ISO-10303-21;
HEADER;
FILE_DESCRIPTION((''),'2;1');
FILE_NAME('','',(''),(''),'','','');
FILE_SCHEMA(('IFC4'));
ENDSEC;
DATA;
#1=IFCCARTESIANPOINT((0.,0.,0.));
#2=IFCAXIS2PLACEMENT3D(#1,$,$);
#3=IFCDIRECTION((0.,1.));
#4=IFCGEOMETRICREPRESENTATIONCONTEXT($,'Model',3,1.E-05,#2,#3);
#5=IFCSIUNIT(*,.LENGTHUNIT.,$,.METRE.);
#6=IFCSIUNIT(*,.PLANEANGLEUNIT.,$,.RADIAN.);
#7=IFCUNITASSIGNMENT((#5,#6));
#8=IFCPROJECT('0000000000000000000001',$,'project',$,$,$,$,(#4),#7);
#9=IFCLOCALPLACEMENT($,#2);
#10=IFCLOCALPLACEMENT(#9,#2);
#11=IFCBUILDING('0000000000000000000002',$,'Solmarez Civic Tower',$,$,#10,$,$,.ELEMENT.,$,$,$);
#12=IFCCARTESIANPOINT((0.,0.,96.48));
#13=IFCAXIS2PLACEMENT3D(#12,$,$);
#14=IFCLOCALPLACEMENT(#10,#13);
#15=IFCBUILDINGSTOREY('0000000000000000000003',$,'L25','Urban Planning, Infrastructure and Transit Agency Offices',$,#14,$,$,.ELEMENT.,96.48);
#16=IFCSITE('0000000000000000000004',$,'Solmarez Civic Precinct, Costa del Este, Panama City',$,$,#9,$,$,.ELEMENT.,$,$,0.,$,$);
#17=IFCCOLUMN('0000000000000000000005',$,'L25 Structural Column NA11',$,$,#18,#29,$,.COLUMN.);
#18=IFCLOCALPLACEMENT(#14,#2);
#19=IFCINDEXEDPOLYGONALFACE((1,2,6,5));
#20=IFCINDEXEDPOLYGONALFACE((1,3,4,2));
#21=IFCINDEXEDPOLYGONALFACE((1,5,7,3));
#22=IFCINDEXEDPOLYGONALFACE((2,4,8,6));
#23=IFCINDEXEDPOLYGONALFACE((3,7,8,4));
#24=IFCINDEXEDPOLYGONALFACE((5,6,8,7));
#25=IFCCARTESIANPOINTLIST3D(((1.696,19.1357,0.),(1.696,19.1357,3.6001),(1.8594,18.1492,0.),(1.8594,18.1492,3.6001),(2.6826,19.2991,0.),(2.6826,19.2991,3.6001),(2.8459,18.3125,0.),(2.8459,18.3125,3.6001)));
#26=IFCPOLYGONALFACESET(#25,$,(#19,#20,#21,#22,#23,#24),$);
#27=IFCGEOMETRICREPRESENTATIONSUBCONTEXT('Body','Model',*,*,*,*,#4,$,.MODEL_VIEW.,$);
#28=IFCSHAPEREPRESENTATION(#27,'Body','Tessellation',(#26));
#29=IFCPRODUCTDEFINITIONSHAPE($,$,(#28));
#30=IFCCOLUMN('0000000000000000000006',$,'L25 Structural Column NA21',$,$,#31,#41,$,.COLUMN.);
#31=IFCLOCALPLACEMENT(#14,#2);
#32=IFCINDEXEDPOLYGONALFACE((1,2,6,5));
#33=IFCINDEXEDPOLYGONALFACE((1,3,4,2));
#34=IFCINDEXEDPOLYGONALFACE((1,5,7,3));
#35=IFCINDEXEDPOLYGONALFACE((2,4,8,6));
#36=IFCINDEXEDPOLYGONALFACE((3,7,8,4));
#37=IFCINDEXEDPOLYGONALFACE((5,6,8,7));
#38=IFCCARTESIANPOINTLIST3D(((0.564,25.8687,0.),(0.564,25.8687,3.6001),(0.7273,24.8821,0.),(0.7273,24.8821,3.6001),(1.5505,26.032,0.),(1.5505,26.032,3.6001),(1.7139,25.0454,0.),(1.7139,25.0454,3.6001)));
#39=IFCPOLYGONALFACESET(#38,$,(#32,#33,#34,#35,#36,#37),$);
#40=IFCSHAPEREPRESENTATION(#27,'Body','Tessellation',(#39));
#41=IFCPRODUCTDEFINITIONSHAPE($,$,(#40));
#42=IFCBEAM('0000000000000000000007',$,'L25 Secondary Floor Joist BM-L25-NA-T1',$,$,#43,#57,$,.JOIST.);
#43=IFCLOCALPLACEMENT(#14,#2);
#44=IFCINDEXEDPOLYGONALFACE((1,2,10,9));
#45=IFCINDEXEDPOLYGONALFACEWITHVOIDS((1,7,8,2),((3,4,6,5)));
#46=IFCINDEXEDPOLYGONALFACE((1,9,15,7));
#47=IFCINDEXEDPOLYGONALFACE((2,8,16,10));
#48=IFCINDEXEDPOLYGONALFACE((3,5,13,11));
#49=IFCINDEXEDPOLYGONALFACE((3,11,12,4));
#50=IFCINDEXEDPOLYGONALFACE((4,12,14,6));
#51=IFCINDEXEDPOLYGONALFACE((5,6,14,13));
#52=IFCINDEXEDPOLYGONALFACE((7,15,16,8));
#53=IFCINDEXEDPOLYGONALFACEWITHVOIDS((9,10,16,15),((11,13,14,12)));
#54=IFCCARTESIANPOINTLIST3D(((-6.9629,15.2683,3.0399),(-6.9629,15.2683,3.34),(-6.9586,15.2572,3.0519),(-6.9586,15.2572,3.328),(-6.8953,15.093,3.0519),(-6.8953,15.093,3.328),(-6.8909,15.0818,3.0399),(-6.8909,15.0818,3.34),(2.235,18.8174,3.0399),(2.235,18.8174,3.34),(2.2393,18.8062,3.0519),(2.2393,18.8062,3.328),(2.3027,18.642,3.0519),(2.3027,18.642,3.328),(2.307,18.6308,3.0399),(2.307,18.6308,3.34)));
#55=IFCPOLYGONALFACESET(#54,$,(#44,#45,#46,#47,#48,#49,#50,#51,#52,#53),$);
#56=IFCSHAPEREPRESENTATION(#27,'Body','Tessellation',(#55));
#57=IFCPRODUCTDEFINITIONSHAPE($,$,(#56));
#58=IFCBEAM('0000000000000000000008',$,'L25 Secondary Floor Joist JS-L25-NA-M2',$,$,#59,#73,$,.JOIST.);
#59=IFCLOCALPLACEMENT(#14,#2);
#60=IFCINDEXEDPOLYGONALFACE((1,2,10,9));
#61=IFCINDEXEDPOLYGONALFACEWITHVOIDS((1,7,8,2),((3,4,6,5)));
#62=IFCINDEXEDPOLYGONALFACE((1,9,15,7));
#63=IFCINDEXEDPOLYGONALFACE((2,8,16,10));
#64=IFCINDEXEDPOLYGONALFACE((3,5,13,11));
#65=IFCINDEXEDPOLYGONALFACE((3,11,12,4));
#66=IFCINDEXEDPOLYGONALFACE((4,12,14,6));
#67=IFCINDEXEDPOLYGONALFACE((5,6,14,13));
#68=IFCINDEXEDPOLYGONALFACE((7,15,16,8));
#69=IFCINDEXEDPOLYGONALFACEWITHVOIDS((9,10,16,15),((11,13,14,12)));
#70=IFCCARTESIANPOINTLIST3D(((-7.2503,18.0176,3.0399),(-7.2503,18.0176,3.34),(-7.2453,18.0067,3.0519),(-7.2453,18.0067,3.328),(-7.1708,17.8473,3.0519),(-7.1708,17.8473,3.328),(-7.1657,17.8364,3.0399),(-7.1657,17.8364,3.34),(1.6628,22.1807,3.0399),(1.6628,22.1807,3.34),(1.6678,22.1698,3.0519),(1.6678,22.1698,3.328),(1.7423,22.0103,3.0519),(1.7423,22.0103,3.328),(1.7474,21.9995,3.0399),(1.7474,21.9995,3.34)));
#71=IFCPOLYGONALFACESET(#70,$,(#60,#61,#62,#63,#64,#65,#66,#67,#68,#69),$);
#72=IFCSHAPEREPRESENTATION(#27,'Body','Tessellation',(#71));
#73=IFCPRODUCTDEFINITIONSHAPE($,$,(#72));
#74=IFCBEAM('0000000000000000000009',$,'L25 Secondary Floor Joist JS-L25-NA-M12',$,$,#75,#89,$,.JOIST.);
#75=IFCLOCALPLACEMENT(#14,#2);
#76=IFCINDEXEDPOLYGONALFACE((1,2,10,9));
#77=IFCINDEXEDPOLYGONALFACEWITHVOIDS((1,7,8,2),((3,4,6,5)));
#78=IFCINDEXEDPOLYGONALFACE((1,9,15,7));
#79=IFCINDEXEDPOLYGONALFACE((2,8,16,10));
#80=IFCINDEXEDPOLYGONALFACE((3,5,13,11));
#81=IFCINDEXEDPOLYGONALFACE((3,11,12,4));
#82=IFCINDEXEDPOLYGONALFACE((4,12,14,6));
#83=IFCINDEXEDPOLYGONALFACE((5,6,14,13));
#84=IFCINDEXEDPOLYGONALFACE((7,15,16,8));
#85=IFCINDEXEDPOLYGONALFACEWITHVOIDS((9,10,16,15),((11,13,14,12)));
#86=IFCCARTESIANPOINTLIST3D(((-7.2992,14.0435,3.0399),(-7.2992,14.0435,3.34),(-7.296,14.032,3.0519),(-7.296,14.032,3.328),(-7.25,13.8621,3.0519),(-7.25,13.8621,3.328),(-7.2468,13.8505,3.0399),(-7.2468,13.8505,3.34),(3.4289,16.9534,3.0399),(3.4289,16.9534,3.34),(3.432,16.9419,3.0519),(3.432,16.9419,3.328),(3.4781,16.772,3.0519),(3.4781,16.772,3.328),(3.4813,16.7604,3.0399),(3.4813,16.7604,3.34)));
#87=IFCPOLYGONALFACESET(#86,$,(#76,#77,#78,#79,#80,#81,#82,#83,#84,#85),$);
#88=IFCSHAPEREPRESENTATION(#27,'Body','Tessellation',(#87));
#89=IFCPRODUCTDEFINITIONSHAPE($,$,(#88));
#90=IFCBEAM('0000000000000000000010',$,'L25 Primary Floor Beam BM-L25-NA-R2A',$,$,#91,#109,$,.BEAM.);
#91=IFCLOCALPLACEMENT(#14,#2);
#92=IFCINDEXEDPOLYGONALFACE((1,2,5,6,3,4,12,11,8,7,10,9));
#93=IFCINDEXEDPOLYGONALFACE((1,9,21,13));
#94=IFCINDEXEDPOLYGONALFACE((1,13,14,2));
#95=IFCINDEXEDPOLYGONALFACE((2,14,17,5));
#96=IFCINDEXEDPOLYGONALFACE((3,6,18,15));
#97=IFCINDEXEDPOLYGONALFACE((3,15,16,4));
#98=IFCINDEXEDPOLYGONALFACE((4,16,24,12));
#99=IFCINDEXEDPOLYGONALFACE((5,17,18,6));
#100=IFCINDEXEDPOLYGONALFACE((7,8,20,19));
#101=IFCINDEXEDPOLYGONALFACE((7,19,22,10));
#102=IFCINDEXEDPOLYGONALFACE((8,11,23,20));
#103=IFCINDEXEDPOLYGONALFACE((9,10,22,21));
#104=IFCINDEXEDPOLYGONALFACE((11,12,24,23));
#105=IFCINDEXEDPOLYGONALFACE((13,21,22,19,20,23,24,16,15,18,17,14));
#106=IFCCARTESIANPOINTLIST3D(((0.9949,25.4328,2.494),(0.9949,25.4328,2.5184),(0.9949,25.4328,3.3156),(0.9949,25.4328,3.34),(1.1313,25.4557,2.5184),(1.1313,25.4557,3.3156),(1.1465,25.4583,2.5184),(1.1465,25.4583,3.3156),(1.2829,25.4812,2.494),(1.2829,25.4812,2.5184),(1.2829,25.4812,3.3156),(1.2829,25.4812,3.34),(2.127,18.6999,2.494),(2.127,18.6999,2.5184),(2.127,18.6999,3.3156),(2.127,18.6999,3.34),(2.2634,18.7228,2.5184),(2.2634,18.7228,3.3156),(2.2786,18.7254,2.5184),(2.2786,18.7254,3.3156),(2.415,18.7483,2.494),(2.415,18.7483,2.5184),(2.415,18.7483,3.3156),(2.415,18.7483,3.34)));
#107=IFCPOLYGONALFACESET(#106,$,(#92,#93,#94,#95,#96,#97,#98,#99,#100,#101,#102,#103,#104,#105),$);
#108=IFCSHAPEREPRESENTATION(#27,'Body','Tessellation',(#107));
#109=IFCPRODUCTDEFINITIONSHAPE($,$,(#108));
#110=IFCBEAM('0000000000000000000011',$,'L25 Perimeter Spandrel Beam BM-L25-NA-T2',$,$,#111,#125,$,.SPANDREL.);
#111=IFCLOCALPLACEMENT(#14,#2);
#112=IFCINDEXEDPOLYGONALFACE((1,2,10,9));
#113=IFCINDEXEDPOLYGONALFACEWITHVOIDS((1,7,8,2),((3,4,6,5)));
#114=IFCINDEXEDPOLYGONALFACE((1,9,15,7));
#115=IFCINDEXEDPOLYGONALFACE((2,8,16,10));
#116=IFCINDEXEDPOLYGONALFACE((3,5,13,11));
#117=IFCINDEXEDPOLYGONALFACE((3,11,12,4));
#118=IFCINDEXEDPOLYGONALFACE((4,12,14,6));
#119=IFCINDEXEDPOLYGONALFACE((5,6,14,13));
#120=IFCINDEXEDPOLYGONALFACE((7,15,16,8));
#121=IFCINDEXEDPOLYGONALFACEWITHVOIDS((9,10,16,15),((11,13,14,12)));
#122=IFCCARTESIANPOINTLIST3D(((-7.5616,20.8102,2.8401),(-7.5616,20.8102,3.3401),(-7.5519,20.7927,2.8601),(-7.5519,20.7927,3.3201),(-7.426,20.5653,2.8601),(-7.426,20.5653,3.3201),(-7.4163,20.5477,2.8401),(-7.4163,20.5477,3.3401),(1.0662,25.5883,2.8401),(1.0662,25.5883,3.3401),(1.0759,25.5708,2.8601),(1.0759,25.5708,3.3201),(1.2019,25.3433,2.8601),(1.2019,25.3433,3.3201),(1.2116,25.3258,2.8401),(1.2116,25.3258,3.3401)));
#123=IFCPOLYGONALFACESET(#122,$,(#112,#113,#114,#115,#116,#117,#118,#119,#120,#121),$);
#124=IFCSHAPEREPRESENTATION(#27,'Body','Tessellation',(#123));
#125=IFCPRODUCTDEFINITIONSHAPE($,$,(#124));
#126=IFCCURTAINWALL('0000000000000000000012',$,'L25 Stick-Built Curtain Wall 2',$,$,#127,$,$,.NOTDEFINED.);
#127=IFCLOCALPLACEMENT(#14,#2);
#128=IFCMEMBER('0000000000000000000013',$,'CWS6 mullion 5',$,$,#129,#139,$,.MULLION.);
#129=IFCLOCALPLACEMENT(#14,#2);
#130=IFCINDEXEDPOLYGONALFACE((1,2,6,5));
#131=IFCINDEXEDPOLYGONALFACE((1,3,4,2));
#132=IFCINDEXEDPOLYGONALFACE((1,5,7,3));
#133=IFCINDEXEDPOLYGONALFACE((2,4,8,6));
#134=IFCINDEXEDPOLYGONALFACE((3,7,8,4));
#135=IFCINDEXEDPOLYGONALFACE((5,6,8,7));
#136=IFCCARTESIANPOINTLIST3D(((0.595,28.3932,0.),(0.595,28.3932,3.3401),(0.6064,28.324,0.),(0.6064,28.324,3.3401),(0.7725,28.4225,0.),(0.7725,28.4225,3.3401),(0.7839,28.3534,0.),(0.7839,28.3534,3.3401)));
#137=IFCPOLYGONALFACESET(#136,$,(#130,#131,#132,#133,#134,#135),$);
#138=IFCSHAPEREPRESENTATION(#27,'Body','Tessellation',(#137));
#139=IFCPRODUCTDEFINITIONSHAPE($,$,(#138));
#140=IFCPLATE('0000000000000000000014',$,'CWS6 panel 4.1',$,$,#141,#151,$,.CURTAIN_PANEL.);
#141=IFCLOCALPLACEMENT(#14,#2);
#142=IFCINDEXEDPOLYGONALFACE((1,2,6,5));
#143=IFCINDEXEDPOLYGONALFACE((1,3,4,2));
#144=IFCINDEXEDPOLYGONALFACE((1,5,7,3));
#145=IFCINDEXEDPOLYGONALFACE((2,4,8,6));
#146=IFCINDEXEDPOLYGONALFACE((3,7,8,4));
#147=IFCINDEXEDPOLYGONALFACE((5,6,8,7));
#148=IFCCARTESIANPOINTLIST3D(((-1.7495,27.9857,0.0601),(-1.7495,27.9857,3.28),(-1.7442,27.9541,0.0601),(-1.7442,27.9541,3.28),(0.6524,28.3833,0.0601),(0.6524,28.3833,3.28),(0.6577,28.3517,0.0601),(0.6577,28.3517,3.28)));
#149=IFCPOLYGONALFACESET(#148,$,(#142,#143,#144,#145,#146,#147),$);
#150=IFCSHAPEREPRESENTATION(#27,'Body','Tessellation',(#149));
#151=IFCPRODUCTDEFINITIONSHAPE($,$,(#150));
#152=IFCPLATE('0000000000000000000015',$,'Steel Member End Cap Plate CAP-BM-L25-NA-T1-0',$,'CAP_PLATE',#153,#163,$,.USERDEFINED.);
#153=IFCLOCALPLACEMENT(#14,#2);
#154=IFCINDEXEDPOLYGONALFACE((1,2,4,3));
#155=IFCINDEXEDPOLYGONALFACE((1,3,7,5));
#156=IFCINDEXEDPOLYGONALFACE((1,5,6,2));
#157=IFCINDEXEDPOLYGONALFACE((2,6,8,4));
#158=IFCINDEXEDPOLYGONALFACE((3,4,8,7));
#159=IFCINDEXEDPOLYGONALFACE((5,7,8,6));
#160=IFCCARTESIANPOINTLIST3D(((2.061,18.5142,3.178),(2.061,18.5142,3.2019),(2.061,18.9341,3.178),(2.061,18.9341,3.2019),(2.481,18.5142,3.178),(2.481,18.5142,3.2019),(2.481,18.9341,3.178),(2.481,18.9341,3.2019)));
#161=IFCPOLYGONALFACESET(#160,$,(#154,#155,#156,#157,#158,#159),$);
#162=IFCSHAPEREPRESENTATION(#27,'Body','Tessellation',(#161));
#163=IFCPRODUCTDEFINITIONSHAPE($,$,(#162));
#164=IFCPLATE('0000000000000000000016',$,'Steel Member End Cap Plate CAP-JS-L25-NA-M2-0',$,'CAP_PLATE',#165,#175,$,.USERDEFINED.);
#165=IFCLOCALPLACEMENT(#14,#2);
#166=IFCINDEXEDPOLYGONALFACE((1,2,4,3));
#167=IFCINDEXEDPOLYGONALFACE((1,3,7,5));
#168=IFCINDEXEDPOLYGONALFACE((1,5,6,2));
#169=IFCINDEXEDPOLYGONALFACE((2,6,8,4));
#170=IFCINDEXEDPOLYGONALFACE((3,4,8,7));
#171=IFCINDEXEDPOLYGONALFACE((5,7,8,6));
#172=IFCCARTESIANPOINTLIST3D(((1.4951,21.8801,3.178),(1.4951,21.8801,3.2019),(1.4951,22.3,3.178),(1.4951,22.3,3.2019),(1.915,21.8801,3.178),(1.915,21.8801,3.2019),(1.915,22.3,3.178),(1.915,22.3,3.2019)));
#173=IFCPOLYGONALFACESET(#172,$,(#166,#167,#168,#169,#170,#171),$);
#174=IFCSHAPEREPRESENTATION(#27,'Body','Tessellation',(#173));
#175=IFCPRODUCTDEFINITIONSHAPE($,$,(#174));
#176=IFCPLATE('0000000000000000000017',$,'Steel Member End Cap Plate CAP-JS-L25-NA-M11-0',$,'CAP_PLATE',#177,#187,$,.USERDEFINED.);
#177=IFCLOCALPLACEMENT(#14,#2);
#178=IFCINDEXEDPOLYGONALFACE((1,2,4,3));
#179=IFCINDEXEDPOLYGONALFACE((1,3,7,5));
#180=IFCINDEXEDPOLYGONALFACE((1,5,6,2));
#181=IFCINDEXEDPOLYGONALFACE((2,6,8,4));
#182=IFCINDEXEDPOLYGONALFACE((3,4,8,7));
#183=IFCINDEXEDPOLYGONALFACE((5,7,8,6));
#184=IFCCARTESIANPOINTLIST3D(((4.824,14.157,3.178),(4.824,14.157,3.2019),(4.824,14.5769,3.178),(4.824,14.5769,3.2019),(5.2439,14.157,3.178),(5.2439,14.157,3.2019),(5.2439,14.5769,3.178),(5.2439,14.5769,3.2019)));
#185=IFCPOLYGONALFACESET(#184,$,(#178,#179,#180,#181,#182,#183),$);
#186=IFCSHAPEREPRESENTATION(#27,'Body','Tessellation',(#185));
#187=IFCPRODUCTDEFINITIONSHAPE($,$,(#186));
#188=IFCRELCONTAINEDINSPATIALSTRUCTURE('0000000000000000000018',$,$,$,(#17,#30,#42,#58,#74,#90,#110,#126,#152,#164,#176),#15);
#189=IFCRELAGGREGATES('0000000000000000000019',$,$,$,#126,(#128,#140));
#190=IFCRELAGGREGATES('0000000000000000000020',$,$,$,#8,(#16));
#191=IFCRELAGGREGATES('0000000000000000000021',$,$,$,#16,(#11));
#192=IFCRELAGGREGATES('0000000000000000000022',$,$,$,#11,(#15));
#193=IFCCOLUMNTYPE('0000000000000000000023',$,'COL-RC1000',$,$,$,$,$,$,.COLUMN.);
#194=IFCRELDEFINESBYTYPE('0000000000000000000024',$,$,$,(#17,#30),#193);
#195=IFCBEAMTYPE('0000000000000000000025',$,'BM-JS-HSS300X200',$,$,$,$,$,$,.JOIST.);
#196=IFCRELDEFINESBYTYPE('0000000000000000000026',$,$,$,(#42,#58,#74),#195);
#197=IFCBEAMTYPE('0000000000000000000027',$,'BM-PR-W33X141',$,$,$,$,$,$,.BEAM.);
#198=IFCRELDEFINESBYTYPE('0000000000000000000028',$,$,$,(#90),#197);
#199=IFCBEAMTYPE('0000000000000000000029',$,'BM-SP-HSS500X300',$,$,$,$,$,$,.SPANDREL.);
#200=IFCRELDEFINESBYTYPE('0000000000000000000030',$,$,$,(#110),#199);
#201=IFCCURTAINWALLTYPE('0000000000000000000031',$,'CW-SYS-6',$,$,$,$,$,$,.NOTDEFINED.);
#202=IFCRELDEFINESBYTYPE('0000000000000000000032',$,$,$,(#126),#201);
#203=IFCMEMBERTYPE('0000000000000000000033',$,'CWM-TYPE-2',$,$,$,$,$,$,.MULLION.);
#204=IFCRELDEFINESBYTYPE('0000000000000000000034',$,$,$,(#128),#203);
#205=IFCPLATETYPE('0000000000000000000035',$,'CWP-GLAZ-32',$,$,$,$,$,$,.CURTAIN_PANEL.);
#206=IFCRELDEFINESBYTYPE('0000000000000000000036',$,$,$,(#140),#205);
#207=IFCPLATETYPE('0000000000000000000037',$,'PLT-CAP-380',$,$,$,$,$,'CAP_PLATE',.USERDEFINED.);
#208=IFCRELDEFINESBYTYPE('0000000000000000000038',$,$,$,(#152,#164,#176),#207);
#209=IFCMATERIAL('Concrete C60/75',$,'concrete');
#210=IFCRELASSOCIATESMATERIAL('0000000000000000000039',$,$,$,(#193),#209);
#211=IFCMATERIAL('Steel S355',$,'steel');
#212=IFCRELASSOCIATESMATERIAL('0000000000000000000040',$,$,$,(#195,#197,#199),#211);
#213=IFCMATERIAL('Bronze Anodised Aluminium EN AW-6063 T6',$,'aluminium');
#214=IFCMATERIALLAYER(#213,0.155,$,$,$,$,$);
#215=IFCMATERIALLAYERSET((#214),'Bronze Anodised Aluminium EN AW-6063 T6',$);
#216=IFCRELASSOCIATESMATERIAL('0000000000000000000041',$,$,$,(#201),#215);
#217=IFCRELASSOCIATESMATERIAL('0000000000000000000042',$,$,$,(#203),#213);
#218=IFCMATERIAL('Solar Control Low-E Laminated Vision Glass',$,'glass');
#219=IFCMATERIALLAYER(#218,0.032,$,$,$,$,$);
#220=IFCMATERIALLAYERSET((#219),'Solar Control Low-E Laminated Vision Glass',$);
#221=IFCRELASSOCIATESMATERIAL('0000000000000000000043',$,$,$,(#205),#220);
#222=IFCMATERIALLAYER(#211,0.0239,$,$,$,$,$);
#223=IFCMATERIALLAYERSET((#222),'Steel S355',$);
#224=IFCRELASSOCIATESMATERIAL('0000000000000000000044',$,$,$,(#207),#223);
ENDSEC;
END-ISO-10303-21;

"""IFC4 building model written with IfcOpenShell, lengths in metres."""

from ifc_helpers import new_model, si_unit, direction, frame, origin, origin_2d, place, context, subcontext, project, spatial, rectangle, hollow_rectangle, i_section, extrude, material, layer, layer_set, material_profile, profile_set, type_object, element, aggregate, save


model = new_model("IFC4")

# Units and contexts
model_context = context("Model", 3, precision=1e-05, world=origin(), true_north=direction((0.0, 1.0)))
body_context = subcontext(model_context, "Body", "Model", "MODEL_VIEW")
ifc_project = project(units=[si_unit("LENGTHUNIT", "METRE"), si_unit("PLANEANGLEUNIT", "RADIAN")], contexts=[model_context])

# Site, building, storey
site_placement = place(None, origin())
site = spatial("IfcSite", under=ifc_project, at=site_placement, Name="Solmarez Civic Precinct, Costa del Este, Panama City", CompositionType="ELEMENT", RefElevation=0.0)
building_placement = place(site_placement, origin())
building = spatial("IfcBuilding", under=site, at=building_placement, Name="Solmarez Civic Tower", CompositionType="ELEMENT")
storey_placement = place(building_placement, frame((0.0, 0.0, 96.48)))
storey = spatial("IfcBuildingStorey", under=building, at=storey_placement, Name="L25", Description="Urban Planning, Infrastructure and Transit Agency Offices", CompositionType="ELEMENT", Elevation=96.48)

# Columns
ifc_material_1 = material(Name="Concrete C60/75", Category="concrete")
ifc_material_profile_1 = material_profile(ifc_material_1, rectangle(XDim=1.0, YDim=1.0, at=origin_2d()), Name="RC1000X1000")
ifc_profile_set_1 = profile_set([ifc_material_profile_1], Name="Concrete C60/75")
column_type = type_object("IfcColumnType", Name="COL-RC1000", PredefinedType="COLUMN", material=ifc_profile_set_1)
for number, where, z_axis, x_axis, name in (
    (1, (2.271, 18.7241, 0.0), (0.0, 0.0, 1.0), (0.986572, 0.163326, 0.0), "L25 Structural Column NA11"),
    (2, (1.1389, 25.457, 0.0), (0.0, 0.0, 1.0), (0.986572, 0.163326, 0.0), "L25 Structural Column NA21"),
):
    element("IfcColumn", number, at=place(storey_placement, frame(where, z_axis=z_axis, x_axis=x_axis)), inside=storey, type_object=column_type, Name=name, PredefinedType="COLUMN", context=body_context, shape_type="SweptSolid", body=[
        extrude(rectangle(XDim=1.0, YDim=1.0, at=origin_2d()), origin(), (0.0, 0.0, 1.0), 3.6001),
    ])

# Beams
ifc_material_2 = material(Name="Steel S355", Category="steel")
ifc_material_profile_2 = material_profile(ifc_material_2, hollow_rectangle(XDim=0.2, YDim=0.3, WallThickness=0.012, at=origin_2d()), Name="HSS300X200X12")
ifc_profile_set_2 = profile_set([ifc_material_profile_2], Name="Steel S355")
beam_type_1 = type_object("IfcBeamType", Name="BM-JS-HSS300X200", PredefinedType="JOIST", material=ifc_profile_set_2)
beam_1_placement = place(storey_placement, frame((2.271, 18.7241, 3.1899), z_axis=(-0.932958, -0.359984, 0.0), x_axis=(0.359984, -0.932958, 0.0)))
element("IfcBeam", 3, at=beam_1_placement, inside=storey, type_object=beam_type_1, Name="L25 Secondary Floor Joist BM-L25-NA-T1", PredefinedType="JOIST", context=body_context, shape_type="SweptSolid", body=[
    extrude(hollow_rectangle(XDim=0.2, YDim=0.3, WallThickness=0.012, at=origin_2d()), origin(), (0.0, 0.0, 1.0), 9.8589),
])
beam_2_placement = place(storey_placement, frame((1.7051, 22.0901, 3.1899), z_axis=(-0.906041, -0.42319, 0.0), x_axis=(0.42319, -0.906041, 0.0)))
element("IfcBeam", 4, at=beam_2_placement, inside=storey, type_object=beam_type_1, Name="L25 Secondary Floor Joist JS-L25-NA-M2", PredefinedType="JOIST", context=body_context, shape_type="SweptSolid", body=[
    extrude(hollow_rectangle(XDim=0.2, YDim=0.3, WallThickness=0.012, at=origin_2d()), origin(), (0.0, 0.0, 1.0), 9.8374),
])
beam_3_placement = place(storey_placement, frame((3.4551, 16.8569, 3.1899), z_axis=(-0.965126, -0.261785, 0.0), x_axis=(0.261785, -0.965126, 0.0)))
element("IfcBeam", 5, at=beam_3_placement, inside=storey, type_object=beam_type_1, Name="L25 Secondary Floor Joist JS-L25-NA-M12", PredefinedType="JOIST", context=body_context, shape_type="SweptSolid", body=[
    extrude(hollow_rectangle(XDim=0.2, YDim=0.3, WallThickness=0.012, at=origin_2d()), origin(), (0.0, 0.0, 1.0), 11.1157),
])
ifc_material_profile_3 = material_profile(ifc_material_2, i_section(OverallWidth=0.292, OverallDepth=0.8459, WebThickness=0.0154, FlangeThickness=0.0244, at=origin_2d()), Name="W33X141")
ifc_profile_set_3 = profile_set([ifc_material_profile_3], Name="Steel S355")
beam_type_2 = type_object("IfcBeamType", Name="BM-PR-W33X141", PredefinedType="BEAM", material=ifc_profile_set_3)
beam_4_placement = place(storey_placement, frame((2.271, 18.7241, 2.917), z_axis=(-0.165814, 0.986157, 0.0), x_axis=(-0.986157, -0.165814, 0.0)))
element("IfcBeam", 6, at=beam_4_placement, inside=storey, type_object=beam_type_2, Name="L25 Primary Floor Beam BM-L25-NA-R2A", PredefinedType="BEAM", context=body_context, shape_type="SweptSolid", body=[
    extrude(i_section(OverallWidth=0.292, OverallDepth=0.8459, WebThickness=0.0154, FlangeThickness=0.0244, at=origin_2d()), origin(), (0.0, 0.0, 1.0), 6.8274),
])
ifc_material_profile_4 = material_profile(ifc_material_2, hollow_rectangle(XDim=0.3, YDim=0.5, WallThickness=0.02, at=origin_2d()), Name="HSS500X300X20")
ifc_profile_set_4 = profile_set([ifc_material_profile_4], Name="Steel S355")
beam_type_3 = type_object("IfcBeamType", Name="BM-SP-HSS500X300", PredefinedType="SPANDREL", material=ifc_profile_set_4)
beam_5_placement = place(storey_placement, frame((1.1389, 25.457, 3.0901), z_axis=(-0.874812, -0.484463, 0.0), x_axis=(0.484463, -0.874812, 0.0)))
element("IfcBeam", 7, at=beam_5_placement, inside=storey, type_object=beam_type_3, Name="L25 Perimeter Spandrel Beam BM-L25-NA-T2", PredefinedType="SPANDREL", context=body_context, shape_type="SweptSolid", body=[
    extrude(hollow_rectangle(XDim=0.3, YDim=0.5, WallThickness=0.02, at=origin_2d()), origin(), (0.0, 0.0, 1.0), 9.8625),
])

# Curtain wall, member, plate
ifc_material_3 = material(Name="Bronze Anodised Aluminium EN AW-6063 T6", Category="aluminium")
ifc_layer_1 = layer(ifc_material_3, 0.155)
ifc_layer_set_1 = layer_set([ifc_layer_1], Name="Bronze Anodised Aluminium EN AW-6063 T6")
curtain_wall_type = type_object("IfcCurtainWallType", Name="CW-SYS-6", PredefinedType="NOTDEFINED", material=ifc_layer_set_1)
curtain_wall_placement = place(storey_placement, origin())
curtain_wall = element("IfcCurtainWall", 8, at=curtain_wall_placement, inside=storey, type_object=curtain_wall_type, Name="L25 Stick-Built Curtain Wall 2", PredefinedType="NOTDEFINED")
ifc_material_profile_5 = material_profile(ifc_material_3, rectangle(XDim=0.0701, YDim=0.1799, at=origin_2d()), Name="CWM-70X180")
ifc_profile_set_5 = profile_set([ifc_material_profile_5], Name="Bronze Anodised Aluminium EN AW-6063 T6")
member_type = type_object("IfcMemberType", Name="CWM-TYPE-2", PredefinedType="MULLION", material=ifc_profile_set_5)
member_placement = place(storey_placement, frame((0.6895, 28.3733, 0.0), z_axis=(0.0, 0.0, 1.0), x_axis=(-0.163313, 0.986574, 0.0)))
member = element("IfcMember", 9, at=member_placement, type_object=member_type, Name="CWS6 mullion 5", PredefinedType="MULLION", context=body_context, shape_type="SweptSolid", body=[
    extrude(rectangle(XDim=0.0701, YDim=0.1799, at=origin_2d()), origin(), (0.0, 0.0, 1.0), 3.3401),
])
ifc_material_4 = material(Name="Solar Control Low-E Laminated Vision Glass", Category="glass")
ifc_layer_2 = layer(ifc_material_4, 0.032)
ifc_layer_set_2 = layer_set([ifc_layer_2], Name="Solar Control Low-E Laminated Vision Glass")
plate_type_1 = type_object("IfcPlateType", Name="CWP-GLAZ-32", PredefinedType="CURTAIN_PANEL", material=ifc_layer_set_2)
plate_1_placement = place(storey_placement, frame((-0.5459, 28.1687, 0.0601), z_axis=(0.0, 0.0, 1.0), x_axis=(0.986574, 0.163313, 0.0)))
plate_1 = element("IfcPlate", 10, at=plate_1_placement, type_object=plate_type_1, Name="CWS6 panel 4.1", PredefinedType="CURTAIN_PANEL", context=body_context, shape_type="SweptSolid", body=[
    extrude(rectangle(XDim=2.4346, YDim=0.032, at=origin_2d()), origin(), (0.0, 0.0, 1.0), 3.22),
])
aggregate(curtain_wall, [member, plate_1])

# Plates
ifc_layer_3 = layer(ifc_material_2, 0.0239)
ifc_layer_set_3 = layer_set([ifc_layer_3], Name="Steel S355")
plate_type_2 = type_object("IfcPlateType", Name="PLT-CAP-380", ElementType="CAP_PLATE", PredefinedType="USERDEFINED", material=ifc_layer_set_3)
for number, where, z_axis, x_axis, name in (
    (11, (2.271, 18.7241, 3.178), (0.0, 0.0, 1.0), (1.0, 0.0, 0.0), "Steel Member End Cap Plate CAP-BM-L25-NA-T1-0"),
    (12, (1.7051, 22.0901, 3.178), (0.0, 0.0, 1.0), (1.0, 0.0, 0.0), "Steel Member End Cap Plate CAP-JS-L25-NA-M2-0"),
    (13, (5.0339, 14.3669, 3.178), (0.0, 0.0, 1.0), (1.0, 0.0, 0.0), "Steel Member End Cap Plate CAP-JS-L25-NA-M11-0"),
):
    element("IfcPlate", number, at=place(storey_placement, frame(where, z_axis=z_axis, x_axis=x_axis)), inside=storey, type_object=plate_type_2, Name=name, ObjectType="CAP_PLATE", PredefinedType="USERDEFINED", context=body_context, shape_type="SweptSolid", body=[
        extrude(rectangle(XDim=0.4199, YDim=0.4199, at=origin_2d()), origin(), (0.0, 0.0, 1.0), 0.0239),
    ])

save(model, "model.ifc")
